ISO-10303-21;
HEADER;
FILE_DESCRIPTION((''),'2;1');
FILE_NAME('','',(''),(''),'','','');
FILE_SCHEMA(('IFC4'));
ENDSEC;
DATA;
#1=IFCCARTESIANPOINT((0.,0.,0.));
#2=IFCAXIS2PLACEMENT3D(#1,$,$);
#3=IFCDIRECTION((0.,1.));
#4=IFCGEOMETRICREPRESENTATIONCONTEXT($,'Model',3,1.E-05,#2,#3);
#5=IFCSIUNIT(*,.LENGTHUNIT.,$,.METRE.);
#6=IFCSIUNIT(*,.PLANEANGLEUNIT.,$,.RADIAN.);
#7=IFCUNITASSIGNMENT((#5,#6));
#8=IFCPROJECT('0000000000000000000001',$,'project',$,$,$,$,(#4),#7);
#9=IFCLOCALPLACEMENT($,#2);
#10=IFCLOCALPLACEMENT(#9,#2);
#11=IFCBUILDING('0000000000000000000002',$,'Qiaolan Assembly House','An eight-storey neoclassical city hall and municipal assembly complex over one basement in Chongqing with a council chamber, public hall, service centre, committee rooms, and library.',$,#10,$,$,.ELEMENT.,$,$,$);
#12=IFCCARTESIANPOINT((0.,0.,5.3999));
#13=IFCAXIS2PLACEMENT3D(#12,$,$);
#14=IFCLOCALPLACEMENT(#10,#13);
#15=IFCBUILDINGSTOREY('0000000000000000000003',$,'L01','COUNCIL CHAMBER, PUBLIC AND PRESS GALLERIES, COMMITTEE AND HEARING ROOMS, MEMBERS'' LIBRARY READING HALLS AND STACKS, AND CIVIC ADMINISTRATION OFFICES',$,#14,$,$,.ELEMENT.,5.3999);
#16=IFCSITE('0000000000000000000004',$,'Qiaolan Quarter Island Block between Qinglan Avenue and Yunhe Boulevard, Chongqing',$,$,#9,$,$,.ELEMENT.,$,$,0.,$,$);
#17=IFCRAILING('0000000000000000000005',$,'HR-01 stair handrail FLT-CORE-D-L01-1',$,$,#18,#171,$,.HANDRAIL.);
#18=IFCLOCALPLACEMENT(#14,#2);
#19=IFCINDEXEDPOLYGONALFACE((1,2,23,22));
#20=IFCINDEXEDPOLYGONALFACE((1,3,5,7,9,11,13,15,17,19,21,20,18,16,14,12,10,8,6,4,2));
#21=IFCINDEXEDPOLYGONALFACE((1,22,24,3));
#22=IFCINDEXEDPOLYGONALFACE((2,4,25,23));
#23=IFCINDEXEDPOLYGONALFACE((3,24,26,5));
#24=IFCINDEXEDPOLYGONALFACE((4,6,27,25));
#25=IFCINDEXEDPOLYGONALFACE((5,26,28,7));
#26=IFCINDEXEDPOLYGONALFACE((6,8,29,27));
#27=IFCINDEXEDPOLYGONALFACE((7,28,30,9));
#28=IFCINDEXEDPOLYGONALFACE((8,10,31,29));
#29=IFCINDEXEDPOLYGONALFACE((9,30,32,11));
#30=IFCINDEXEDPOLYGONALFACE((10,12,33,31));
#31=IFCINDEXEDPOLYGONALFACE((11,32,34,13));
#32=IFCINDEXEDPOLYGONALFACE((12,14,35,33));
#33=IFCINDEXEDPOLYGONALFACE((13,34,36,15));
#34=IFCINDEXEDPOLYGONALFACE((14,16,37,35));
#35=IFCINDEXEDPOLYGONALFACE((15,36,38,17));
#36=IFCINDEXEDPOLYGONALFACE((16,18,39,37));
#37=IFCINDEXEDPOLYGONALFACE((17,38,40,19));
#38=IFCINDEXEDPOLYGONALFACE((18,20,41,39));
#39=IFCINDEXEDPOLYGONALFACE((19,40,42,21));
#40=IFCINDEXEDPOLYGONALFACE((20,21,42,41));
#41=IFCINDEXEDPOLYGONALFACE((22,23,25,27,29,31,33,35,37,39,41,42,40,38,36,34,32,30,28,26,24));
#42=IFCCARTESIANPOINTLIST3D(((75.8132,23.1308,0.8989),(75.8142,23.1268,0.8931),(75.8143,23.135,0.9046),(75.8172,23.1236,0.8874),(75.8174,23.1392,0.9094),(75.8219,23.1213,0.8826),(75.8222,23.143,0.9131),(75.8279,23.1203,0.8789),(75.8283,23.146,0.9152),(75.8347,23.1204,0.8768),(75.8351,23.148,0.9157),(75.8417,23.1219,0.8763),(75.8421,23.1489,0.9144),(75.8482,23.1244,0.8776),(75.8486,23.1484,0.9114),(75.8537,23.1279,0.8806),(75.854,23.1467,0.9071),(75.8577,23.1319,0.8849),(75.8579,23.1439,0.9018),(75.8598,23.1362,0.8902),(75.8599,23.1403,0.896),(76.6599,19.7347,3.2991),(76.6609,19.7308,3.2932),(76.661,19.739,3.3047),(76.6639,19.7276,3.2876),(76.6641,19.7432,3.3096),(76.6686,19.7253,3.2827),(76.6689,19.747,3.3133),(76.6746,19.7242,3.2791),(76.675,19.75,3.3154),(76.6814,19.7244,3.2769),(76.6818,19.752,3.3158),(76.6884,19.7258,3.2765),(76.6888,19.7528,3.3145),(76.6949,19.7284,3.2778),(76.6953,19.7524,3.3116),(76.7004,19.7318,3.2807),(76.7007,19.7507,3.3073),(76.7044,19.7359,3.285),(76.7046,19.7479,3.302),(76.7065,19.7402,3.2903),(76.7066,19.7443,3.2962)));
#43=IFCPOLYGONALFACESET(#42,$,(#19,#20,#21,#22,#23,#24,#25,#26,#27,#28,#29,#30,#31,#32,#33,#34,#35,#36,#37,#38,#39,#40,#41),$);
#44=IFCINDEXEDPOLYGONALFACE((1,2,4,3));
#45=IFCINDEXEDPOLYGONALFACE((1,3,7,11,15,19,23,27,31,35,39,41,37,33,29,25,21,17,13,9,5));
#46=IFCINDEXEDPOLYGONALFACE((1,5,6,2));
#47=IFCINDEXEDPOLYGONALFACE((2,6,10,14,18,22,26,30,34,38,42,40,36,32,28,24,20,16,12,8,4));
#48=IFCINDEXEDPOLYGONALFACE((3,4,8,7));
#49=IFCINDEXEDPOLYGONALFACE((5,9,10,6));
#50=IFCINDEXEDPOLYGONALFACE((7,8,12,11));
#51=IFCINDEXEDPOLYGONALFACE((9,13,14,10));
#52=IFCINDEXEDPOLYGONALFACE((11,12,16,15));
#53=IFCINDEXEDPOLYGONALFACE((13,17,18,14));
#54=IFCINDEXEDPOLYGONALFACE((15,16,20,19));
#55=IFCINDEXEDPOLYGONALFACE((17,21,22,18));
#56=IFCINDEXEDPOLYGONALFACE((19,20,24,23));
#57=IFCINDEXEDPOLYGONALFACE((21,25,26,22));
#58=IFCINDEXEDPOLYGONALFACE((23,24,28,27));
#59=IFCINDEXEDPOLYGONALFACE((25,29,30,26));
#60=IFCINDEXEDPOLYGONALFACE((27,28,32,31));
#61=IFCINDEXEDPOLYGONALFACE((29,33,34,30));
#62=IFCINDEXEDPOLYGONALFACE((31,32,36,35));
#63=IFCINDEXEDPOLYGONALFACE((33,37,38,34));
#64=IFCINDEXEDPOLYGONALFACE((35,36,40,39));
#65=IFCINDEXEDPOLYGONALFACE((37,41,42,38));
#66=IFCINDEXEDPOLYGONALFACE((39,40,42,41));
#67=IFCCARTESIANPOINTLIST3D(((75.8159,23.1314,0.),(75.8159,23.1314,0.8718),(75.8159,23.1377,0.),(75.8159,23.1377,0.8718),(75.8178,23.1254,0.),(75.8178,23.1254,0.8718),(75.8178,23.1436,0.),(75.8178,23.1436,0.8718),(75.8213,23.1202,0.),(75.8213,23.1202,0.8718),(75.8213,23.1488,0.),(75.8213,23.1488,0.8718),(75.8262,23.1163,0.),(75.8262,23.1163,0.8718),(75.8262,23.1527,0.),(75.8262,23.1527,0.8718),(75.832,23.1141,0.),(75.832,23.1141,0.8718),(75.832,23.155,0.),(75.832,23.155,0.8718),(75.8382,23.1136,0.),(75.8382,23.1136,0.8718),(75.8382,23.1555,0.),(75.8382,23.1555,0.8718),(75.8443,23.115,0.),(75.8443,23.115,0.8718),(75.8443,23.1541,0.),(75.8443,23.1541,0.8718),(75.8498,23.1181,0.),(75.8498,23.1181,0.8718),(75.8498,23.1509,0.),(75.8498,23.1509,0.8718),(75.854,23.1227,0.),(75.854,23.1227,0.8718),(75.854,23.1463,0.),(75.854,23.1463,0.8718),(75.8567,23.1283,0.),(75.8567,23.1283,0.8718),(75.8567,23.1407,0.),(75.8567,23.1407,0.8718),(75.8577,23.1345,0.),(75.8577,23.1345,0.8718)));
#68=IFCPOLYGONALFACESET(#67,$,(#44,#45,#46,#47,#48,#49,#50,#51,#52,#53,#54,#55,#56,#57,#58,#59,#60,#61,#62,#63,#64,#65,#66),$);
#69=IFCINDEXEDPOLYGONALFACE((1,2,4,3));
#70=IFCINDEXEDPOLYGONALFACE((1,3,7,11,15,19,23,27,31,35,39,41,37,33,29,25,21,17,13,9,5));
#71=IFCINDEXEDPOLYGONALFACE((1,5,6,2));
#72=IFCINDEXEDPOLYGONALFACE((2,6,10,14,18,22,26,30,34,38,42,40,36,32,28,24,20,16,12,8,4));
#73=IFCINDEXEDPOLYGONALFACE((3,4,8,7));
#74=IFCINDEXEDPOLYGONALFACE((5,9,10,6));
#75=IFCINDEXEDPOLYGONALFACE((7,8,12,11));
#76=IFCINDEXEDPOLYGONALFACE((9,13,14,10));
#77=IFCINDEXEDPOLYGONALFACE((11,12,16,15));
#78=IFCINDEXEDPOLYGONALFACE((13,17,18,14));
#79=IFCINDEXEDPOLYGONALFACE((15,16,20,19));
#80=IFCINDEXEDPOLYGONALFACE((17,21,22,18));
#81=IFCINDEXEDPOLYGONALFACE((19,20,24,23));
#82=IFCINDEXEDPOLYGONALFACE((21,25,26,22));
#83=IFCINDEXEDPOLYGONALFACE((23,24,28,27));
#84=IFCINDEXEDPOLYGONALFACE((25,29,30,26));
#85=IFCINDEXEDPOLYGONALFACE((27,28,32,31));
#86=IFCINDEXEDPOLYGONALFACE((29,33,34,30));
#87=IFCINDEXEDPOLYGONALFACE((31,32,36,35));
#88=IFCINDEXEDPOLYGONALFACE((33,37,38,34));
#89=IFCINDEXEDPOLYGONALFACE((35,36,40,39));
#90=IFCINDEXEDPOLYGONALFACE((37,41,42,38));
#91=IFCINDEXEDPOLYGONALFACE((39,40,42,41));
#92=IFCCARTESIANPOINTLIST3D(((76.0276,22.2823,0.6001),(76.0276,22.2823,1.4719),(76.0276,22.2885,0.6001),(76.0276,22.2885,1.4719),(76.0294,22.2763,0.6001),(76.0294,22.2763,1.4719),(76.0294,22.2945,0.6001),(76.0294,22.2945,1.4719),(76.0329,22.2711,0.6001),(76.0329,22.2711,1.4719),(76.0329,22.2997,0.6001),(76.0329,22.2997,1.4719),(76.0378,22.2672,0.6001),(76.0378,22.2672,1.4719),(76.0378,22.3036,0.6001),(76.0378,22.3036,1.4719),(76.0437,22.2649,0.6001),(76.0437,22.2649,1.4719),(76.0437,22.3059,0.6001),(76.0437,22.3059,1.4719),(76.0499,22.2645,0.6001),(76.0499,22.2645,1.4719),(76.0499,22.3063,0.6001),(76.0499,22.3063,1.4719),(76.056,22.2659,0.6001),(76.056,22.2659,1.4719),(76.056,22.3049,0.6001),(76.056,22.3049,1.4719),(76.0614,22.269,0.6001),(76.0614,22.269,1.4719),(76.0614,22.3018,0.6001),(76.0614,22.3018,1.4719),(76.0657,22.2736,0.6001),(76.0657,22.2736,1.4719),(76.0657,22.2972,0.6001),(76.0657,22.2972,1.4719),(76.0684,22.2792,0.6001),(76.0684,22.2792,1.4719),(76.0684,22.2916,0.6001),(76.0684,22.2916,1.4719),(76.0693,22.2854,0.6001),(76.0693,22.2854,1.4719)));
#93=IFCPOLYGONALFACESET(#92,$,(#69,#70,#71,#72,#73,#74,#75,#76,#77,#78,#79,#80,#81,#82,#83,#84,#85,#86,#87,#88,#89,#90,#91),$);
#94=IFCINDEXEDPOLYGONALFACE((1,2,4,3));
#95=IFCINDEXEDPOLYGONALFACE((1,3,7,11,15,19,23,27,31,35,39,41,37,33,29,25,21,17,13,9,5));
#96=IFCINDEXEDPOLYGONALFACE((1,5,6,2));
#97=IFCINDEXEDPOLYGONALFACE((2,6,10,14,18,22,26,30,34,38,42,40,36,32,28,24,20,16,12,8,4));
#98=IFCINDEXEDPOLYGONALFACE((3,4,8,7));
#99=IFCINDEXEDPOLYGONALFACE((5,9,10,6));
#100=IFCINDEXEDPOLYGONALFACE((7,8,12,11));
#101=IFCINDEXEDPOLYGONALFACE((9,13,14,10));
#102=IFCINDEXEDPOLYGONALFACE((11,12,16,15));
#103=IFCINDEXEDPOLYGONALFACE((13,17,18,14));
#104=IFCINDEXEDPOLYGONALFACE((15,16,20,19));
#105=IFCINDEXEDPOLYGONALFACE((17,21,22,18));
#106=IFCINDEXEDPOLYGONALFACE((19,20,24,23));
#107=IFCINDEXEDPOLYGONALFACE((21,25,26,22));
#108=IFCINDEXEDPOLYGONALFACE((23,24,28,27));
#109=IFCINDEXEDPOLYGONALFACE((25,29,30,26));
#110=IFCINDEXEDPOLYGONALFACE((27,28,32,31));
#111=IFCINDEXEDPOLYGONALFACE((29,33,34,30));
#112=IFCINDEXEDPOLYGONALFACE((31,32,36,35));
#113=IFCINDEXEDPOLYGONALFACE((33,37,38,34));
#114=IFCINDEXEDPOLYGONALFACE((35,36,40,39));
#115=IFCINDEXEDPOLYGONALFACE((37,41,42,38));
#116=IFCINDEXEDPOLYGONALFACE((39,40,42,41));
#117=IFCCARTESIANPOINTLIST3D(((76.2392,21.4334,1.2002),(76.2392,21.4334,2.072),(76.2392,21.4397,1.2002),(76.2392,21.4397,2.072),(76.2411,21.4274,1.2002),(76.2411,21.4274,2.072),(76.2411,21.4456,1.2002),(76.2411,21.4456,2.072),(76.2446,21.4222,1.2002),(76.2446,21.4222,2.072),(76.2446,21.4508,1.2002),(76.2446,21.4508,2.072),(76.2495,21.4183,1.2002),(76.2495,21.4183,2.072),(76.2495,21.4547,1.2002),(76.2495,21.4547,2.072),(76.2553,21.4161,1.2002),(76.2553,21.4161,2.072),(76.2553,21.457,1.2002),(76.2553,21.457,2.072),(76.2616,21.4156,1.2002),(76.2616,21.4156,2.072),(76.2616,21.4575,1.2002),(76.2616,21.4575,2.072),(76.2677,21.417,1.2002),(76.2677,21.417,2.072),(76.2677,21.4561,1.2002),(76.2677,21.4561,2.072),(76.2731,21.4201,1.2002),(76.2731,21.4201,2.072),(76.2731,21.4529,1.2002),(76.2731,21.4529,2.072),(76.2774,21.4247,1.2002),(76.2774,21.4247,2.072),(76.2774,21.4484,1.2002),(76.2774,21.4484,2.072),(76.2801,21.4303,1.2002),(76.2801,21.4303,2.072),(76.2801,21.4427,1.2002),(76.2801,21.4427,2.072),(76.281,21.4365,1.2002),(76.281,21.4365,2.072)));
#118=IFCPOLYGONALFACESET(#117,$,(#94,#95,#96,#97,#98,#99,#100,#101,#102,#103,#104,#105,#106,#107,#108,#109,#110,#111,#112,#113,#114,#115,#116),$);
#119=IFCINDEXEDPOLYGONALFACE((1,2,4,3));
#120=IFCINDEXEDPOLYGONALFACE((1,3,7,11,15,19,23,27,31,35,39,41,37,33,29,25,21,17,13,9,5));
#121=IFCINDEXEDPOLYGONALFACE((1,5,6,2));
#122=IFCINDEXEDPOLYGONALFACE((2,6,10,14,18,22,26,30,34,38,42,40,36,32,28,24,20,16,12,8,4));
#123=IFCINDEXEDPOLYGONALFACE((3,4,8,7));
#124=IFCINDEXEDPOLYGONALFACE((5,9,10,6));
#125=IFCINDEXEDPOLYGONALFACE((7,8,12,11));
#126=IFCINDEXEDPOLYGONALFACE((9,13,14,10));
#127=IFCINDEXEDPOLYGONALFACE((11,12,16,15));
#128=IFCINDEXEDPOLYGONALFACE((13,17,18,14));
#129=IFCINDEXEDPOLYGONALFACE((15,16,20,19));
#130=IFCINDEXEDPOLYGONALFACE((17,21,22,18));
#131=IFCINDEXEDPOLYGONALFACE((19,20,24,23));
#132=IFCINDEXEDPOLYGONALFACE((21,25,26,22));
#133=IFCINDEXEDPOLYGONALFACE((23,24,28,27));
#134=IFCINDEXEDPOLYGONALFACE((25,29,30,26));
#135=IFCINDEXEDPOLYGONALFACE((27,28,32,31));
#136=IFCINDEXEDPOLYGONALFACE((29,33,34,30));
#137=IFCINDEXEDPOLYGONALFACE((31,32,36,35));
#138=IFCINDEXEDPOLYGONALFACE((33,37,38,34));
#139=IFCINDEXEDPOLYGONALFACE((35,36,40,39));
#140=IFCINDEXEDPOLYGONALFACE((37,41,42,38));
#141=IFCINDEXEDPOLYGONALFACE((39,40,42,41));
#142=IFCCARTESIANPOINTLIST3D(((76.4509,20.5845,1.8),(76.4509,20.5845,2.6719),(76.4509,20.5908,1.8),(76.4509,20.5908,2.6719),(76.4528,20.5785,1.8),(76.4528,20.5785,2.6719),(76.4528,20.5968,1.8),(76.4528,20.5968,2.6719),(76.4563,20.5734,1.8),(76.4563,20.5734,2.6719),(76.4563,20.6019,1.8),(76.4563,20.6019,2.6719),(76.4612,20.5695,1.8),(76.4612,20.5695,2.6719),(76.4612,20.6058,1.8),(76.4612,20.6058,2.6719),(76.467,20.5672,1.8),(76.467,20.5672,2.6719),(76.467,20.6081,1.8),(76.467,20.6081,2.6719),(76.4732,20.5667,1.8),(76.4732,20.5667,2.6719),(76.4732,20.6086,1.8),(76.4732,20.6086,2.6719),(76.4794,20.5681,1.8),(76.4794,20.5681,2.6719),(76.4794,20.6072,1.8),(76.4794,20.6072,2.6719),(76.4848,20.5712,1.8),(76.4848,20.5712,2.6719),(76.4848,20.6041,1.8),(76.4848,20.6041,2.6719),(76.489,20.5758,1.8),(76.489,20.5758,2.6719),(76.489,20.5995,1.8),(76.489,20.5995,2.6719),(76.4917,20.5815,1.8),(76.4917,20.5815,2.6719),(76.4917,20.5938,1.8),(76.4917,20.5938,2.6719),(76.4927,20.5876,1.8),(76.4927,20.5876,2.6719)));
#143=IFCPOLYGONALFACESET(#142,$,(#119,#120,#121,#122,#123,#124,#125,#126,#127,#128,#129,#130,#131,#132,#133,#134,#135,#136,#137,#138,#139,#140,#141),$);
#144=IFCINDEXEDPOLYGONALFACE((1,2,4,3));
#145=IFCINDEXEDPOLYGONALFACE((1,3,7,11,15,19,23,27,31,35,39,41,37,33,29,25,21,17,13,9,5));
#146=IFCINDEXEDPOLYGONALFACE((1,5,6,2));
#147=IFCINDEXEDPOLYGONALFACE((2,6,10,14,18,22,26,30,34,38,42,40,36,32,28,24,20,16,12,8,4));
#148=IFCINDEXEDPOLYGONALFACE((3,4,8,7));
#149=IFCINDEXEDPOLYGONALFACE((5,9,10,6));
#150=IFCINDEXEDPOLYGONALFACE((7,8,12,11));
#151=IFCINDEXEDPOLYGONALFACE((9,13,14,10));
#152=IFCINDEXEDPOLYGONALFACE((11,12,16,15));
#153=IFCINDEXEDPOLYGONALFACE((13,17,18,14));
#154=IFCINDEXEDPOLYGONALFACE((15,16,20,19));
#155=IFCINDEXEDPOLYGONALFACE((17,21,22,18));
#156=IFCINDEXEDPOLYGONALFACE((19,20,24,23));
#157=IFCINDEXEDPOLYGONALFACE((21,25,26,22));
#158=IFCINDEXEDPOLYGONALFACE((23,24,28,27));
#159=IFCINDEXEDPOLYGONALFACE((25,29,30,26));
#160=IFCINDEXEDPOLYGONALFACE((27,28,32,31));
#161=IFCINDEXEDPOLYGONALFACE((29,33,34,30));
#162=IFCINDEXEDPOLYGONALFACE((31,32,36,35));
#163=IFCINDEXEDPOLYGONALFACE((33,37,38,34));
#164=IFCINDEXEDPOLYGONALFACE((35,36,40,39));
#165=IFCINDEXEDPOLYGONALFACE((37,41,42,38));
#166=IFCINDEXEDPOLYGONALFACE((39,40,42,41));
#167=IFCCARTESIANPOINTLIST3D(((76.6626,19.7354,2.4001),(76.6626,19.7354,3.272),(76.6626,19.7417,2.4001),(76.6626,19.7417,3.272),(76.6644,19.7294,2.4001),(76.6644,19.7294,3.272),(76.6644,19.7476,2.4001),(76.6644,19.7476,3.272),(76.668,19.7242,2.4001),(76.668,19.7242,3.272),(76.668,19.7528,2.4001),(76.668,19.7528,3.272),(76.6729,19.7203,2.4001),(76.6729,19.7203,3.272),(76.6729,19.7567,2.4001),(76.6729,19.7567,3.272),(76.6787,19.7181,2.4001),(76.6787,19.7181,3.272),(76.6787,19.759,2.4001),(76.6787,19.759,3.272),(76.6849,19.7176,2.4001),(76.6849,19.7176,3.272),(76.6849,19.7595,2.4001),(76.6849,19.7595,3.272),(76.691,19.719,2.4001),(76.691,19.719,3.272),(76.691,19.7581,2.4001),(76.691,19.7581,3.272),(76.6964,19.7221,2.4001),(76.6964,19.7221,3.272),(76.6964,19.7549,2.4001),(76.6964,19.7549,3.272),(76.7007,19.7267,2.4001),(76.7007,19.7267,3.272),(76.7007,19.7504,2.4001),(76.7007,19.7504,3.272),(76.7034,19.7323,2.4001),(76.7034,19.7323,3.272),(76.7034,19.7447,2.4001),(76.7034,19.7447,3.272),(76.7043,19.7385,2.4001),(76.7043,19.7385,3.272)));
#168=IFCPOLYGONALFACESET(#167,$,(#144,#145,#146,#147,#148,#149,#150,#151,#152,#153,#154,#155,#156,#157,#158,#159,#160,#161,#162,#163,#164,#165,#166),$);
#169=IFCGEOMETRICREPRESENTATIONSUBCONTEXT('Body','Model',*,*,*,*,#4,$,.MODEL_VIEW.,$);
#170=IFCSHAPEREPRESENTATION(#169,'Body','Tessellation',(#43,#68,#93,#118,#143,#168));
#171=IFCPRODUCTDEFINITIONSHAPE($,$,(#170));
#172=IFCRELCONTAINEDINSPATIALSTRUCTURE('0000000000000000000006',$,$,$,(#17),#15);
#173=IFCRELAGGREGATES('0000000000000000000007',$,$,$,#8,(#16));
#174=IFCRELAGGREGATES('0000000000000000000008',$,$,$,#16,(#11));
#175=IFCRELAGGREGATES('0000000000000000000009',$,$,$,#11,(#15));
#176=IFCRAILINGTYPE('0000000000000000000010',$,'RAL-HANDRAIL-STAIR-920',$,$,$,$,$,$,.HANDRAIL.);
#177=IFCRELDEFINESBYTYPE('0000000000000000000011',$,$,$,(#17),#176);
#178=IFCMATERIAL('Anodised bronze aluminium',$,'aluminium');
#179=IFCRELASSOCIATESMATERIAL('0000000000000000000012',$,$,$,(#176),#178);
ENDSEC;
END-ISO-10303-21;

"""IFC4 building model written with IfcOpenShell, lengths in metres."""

from ifc_helpers import new_model, si_unit, direction, frame, origin, origin_2d, place, context, subcontext, project, spatial, circle, extrude, material, type_object, element, save


model = new_model("IFC4")

# Units and contexts
model_context = context("Model", 3, precision=1e-05, world=origin(), true_north=direction((0.0, 1.0)))
body_context = subcontext(model_context, "Body", "Model", "MODEL_VIEW")
ifc_project = project(units=[si_unit("LENGTHUNIT", "METRE"), si_unit("PLANEANGLEUNIT", "RADIAN")], contexts=[model_context])

# Site, building, storey
site_placement = place(None, origin())
site = spatial("IfcSite", under=ifc_project, at=site_placement, Name="Qiaolan Quarter Island Block between Qinglan Avenue and Yunhe Boulevard, Chongqing", CompositionType="ELEMENT", RefElevation=0.0)
building_placement = place(site_placement, origin())
building = spatial("IfcBuilding", under=site, at=building_placement, Name="Qiaolan Assembly House", Description="An eight-storey neoclassical city hall and municipal assembly complex over one basement in Chongqing with a council chamber, public hall, service centre, committee rooms, and library.", CompositionType="ELEMENT")
storey_placement = place(building_placement, frame((0.0, 0.0, 5.3999)))
storey = spatial("IfcBuildingStorey", under=building, at=storey_placement, Name="L01", Description="COUNCIL CHAMBER, PUBLIC AND PRESS GALLERIES, COMMITTEE AND HEARING ROOMS, MEMBERS' LIBRARY READING HALLS AND STACKS, AND CIVIC ADMINISTRATION OFFICES", CompositionType="ELEMENT", Elevation=5.3999)

# Railing
ifc_material_1 = material(Name="Anodised bronze aluminium", Category="aluminium")
railing_type_1 = type_object("IfcRailingType", Name="RAL-HANDRAIL-STAIR-920", PredefinedType="HANDRAIL", material=ifc_material_1)
railing_1_placement = place(storey_placement, frame((75.8367, 23.1345, 0.0)))
element("IfcRailing", 1, at=railing_1_placement, inside=storey, type_object=railing_type_1, Name="HR-01 stair handrail FLT-CORE-D-L01-1", PredefinedType="HANDRAIL", context=body_context, shape_type="SweptSolid", body=[
    extrude(circle(Radius=0.0239, at=origin_2d()), frame((0.0, 0.0, 0.896), z_axis=(0.199507, -0.800214, 0.565557), x_axis=(0.970298, 0.241912, 0.0)), (0.0, 0.0, 1.0), 4.2439),
    extrude(circle(Radius=0.021, at=origin_2d()), origin(), (0.0, 0.0, 1.0), 0.8718),
    extrude(circle(Radius=0.021, at=origin_2d()), frame((0.2117, -0.8491, 0.6001)), (0.0, 0.0, 1.0), 0.8718),
    extrude(circle(Radius=0.021, at=origin_2d()), frame((0.4233, -1.698, 1.2002)), (0.0, 0.0, 1.0), 0.8718),
    extrude(circle(Radius=0.021, at=origin_2d()), frame((0.635, -2.5469, 1.8)), (0.0, 0.0, 1.0), 0.8718),
    extrude(circle(Radius=0.021, at=origin_2d()), frame((0.8467, -3.396, 2.4001)), (0.0, 0.0, 1.0), 0.8718),
])

save(model, "model.ifc")
